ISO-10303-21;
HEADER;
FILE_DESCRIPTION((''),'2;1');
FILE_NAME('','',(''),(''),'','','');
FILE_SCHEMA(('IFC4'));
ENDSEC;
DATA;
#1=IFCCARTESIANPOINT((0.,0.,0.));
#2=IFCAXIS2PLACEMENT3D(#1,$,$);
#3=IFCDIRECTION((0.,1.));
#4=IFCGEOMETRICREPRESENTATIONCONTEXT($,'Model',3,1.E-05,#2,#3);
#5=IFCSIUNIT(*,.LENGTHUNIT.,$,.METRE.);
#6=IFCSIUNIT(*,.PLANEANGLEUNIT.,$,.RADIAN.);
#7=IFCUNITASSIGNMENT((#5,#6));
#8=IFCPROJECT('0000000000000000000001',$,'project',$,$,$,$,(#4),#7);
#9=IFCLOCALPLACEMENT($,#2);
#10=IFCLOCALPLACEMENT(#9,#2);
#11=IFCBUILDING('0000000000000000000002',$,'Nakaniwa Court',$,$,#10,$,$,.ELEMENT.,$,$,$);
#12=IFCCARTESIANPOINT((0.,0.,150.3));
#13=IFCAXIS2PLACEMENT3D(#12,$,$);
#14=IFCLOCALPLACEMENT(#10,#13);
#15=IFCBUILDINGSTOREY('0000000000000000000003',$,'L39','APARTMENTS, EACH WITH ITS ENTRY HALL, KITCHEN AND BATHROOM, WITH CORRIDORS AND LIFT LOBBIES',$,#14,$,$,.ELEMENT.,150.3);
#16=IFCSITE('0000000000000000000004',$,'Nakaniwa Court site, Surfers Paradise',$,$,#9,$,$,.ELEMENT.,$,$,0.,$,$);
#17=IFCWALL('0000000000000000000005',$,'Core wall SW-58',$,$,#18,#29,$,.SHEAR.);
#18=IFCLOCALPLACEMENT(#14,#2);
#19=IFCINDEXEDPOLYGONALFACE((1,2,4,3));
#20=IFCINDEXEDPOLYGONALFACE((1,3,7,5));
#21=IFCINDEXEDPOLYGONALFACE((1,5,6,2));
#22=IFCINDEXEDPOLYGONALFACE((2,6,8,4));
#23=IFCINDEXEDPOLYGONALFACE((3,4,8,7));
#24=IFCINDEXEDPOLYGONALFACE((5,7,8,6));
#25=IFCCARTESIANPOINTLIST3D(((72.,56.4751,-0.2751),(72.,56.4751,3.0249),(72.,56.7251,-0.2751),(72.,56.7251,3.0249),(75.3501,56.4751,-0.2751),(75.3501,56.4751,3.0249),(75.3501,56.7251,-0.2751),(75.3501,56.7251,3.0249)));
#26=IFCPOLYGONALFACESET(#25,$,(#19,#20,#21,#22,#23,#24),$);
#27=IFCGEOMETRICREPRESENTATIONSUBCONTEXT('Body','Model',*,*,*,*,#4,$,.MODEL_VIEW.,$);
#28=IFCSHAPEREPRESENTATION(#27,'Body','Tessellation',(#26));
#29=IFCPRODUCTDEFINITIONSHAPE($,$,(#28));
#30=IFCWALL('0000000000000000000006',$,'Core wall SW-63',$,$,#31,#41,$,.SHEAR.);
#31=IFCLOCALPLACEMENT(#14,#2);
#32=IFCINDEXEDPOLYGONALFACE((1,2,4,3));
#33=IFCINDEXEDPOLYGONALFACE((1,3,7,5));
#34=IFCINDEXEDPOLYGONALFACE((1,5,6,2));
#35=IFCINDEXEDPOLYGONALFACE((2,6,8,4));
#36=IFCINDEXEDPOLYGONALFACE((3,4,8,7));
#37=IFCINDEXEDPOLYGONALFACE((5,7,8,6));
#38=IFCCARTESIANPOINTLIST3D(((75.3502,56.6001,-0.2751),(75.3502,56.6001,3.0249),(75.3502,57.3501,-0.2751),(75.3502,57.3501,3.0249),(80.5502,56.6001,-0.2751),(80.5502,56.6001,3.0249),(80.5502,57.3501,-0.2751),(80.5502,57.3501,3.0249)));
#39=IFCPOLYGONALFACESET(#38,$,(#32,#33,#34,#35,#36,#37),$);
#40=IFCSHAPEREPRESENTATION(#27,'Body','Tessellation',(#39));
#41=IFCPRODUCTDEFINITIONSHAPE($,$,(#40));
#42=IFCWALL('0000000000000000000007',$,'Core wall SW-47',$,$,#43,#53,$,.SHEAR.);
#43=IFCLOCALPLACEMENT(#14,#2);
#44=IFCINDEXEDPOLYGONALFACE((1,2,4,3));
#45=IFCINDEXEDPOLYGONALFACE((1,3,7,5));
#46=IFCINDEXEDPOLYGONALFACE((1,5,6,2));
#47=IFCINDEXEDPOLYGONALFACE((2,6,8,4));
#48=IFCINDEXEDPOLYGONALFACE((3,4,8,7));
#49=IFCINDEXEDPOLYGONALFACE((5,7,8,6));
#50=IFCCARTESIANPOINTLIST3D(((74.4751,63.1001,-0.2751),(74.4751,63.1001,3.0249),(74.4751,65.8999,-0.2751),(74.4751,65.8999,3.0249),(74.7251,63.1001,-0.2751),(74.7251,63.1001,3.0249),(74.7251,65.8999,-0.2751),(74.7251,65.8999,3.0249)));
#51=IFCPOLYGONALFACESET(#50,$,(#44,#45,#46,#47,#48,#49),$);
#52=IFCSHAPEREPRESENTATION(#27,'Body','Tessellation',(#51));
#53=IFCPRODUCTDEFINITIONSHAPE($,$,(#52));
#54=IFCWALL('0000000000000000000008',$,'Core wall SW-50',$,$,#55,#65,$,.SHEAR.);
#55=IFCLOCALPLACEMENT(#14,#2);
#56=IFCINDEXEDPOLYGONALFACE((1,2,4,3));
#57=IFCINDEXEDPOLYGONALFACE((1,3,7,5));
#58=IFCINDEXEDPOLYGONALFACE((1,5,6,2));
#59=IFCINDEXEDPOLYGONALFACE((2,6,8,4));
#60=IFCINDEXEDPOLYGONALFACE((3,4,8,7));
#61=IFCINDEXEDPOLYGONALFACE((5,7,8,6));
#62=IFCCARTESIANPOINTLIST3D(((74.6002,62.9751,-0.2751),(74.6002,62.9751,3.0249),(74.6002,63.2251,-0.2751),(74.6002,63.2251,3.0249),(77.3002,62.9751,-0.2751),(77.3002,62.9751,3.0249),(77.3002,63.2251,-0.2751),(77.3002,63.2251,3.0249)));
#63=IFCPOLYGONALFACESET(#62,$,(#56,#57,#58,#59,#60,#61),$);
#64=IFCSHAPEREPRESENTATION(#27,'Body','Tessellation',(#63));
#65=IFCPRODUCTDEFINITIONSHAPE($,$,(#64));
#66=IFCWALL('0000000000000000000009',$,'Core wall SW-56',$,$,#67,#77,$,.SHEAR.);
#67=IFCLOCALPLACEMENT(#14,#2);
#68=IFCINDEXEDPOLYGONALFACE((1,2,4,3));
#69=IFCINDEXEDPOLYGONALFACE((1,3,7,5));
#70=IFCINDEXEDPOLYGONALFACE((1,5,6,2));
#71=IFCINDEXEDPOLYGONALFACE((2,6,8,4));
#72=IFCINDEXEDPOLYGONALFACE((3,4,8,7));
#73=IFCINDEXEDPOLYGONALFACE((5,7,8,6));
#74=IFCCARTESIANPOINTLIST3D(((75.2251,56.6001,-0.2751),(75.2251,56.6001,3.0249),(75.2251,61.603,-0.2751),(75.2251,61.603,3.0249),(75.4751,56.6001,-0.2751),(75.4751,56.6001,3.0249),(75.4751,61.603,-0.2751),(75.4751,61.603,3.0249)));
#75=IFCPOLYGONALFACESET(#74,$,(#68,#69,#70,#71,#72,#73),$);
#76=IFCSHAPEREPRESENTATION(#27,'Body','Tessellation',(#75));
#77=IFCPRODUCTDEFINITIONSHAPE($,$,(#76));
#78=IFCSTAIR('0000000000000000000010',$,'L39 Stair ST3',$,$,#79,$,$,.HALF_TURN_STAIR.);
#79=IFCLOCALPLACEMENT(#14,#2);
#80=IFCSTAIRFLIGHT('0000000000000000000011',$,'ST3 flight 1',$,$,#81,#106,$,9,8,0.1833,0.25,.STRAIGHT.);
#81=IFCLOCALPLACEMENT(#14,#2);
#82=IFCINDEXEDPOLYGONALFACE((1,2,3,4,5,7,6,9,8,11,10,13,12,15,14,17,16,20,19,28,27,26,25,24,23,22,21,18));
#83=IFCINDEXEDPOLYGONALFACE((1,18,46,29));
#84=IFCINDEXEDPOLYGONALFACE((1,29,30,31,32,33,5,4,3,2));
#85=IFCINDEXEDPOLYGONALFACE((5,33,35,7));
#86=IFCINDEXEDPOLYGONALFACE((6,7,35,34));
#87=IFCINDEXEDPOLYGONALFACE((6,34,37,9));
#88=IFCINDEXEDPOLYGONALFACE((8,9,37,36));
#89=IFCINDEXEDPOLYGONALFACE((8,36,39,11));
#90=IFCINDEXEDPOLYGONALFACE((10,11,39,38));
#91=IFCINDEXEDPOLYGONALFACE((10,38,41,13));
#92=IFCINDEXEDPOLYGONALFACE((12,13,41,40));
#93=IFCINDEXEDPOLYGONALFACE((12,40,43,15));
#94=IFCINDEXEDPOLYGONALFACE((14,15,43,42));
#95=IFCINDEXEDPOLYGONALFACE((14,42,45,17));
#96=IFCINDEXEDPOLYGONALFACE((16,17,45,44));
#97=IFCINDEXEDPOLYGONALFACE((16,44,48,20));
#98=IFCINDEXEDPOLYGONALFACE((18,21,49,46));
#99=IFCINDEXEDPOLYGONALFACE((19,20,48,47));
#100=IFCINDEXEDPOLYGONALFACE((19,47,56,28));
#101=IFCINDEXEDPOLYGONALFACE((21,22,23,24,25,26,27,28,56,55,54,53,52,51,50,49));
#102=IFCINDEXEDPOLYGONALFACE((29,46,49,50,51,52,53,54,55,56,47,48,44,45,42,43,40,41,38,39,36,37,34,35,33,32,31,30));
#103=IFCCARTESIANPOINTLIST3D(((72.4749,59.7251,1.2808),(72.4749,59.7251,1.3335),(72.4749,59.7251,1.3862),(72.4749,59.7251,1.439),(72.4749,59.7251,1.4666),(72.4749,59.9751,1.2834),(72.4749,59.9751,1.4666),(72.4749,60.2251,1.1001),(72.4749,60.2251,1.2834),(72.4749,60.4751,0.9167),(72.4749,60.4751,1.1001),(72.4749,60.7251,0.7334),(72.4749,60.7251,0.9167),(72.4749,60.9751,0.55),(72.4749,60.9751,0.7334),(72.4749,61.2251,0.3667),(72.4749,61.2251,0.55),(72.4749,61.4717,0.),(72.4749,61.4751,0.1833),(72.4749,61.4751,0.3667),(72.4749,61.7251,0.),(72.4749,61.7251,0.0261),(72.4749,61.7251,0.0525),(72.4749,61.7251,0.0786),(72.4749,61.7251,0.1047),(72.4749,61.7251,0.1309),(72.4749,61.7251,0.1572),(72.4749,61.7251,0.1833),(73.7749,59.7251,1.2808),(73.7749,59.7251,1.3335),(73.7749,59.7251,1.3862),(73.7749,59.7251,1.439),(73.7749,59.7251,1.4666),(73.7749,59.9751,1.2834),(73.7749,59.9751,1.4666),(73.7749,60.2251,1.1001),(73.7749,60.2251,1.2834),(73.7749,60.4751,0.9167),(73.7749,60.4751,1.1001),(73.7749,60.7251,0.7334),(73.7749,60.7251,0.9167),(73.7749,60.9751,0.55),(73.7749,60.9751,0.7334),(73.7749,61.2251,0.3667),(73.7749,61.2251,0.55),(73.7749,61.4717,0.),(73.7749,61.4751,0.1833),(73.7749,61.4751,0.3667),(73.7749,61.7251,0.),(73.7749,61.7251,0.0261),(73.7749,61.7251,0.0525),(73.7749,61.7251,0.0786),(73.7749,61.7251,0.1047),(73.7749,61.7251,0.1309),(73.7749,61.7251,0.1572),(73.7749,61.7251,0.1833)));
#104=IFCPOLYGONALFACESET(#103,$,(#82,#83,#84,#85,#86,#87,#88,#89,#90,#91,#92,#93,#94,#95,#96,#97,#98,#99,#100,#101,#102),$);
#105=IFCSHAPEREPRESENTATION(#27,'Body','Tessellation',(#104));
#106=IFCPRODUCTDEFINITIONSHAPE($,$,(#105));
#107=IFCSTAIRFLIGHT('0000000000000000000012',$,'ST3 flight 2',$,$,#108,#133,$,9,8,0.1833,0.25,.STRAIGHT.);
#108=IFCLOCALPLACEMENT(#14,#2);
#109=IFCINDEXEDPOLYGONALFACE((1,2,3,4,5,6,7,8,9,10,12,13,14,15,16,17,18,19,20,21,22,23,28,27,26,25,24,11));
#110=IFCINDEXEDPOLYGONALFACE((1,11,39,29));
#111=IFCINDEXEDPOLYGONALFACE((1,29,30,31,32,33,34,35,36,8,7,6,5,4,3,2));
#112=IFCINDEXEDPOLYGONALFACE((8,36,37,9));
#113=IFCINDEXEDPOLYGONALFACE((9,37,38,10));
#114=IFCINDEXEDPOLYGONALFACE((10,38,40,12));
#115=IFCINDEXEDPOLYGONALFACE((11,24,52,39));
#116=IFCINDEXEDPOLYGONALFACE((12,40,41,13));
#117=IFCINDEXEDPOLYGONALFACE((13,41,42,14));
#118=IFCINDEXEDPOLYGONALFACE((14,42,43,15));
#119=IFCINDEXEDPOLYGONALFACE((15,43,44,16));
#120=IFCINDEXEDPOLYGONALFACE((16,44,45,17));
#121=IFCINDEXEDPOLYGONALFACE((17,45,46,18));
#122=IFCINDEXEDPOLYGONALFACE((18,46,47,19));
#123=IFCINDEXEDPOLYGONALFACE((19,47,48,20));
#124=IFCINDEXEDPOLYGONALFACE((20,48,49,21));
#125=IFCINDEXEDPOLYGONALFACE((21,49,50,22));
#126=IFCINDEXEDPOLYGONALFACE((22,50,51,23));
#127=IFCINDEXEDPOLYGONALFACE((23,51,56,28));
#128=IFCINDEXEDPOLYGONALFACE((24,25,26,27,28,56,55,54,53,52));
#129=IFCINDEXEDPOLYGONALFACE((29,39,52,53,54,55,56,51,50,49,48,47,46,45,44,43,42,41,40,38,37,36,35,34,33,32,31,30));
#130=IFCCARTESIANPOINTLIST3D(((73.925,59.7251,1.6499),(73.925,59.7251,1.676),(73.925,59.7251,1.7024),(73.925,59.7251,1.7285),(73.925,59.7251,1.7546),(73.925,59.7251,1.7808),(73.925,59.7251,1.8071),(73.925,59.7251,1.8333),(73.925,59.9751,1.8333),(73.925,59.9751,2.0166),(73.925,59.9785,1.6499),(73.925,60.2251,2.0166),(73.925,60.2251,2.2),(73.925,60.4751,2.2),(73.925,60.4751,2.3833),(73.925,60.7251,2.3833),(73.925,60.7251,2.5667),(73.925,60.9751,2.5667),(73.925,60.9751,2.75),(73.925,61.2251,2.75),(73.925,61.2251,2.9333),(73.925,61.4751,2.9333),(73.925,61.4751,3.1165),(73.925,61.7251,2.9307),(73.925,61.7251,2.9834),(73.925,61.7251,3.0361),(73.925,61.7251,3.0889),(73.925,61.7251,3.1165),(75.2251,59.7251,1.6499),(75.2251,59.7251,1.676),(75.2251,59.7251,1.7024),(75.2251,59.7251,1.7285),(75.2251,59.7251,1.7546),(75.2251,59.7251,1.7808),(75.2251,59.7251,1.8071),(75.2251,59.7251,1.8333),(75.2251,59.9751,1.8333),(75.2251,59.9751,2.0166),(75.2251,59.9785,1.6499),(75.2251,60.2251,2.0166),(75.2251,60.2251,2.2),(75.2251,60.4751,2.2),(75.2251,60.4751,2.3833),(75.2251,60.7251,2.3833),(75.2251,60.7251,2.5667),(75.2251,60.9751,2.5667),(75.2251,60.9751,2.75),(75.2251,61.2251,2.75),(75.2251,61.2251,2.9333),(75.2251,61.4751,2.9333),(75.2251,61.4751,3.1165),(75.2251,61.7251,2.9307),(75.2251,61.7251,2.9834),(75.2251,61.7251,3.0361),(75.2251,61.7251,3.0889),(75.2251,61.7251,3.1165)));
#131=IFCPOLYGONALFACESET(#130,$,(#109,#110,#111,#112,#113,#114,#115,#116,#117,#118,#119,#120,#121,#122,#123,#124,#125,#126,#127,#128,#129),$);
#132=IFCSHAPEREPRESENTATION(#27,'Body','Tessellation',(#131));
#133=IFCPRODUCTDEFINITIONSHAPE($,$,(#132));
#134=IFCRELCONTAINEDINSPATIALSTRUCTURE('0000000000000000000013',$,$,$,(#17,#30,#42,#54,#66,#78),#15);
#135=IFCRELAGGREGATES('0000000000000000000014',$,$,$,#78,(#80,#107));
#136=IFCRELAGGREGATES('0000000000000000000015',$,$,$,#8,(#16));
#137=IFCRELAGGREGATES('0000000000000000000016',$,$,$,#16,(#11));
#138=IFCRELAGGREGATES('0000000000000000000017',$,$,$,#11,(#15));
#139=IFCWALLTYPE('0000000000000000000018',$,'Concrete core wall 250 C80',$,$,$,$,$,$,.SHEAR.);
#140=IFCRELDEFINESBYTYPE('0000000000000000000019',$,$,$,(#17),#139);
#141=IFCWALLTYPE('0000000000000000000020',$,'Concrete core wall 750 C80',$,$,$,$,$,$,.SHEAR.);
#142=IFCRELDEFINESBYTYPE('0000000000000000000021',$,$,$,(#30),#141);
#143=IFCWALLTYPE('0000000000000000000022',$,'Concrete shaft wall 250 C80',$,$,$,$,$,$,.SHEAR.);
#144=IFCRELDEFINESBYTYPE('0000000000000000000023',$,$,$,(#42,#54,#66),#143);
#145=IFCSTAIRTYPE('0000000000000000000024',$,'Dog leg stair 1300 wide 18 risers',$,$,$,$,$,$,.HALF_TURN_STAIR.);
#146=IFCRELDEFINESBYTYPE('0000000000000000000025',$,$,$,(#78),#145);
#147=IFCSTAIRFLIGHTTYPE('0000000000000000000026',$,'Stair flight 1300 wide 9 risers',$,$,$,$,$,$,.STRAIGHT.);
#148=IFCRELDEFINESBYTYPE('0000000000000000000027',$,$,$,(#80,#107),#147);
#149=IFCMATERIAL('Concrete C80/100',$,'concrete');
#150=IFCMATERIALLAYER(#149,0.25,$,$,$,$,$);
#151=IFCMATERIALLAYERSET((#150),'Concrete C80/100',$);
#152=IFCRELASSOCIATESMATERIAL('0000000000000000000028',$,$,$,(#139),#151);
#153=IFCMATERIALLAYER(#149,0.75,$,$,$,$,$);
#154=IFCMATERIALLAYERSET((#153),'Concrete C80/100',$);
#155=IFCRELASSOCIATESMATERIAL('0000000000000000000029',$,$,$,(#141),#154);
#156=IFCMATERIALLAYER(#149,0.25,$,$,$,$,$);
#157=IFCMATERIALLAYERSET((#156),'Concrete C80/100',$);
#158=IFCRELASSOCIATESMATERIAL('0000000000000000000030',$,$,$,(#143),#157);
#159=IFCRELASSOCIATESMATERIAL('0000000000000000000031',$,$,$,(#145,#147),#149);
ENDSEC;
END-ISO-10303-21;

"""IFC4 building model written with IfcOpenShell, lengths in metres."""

from ifc_helpers import new_model, si_unit, direction, frame, frame_2d, origin, place, context, subcontext, project, spatial, polyline, rectangle, outline, extrude, material, layer, layer_set, type_object, element, aggregate, save


model = new_model("IFC4")

# Units and contexts
model_context = context("Model", 3, precision=1e-05, world=origin(), true_north=direction((0.0, 1.0)))
body_context = subcontext(model_context, "Body", "Model", "MODEL_VIEW")
ifc_project = project(units=[si_unit("LENGTHUNIT", "METRE"), si_unit("PLANEANGLEUNIT", "RADIAN")], contexts=[model_context])

# Site, building, storey
site_placement = place(None, origin())
site = spatial("IfcSite", under=ifc_project, at=site_placement, Name="Nakaniwa Court site, Surfers Paradise", CompositionType="ELEMENT", RefElevation=0.0)
building_placement = place(site_placement, origin())
building = spatial("IfcBuilding", under=site, at=building_placement, Name="Nakaniwa Court", CompositionType="ELEMENT")
storey_placement = place(building_placement, frame((0.0, 0.0, 150.3)))
storey = spatial("IfcBuildingStorey", under=building, at=storey_placement, Name="L39", Description="APARTMENTS, EACH WITH ITS ENTRY HALL, KITCHEN AND BATHROOM, WITH CORRIDORS AND LIFT LOBBIES", CompositionType="ELEMENT", Elevation=150.3)

# Shared definitions
ifc_material_1 = material(Name="Concrete C80/100", Category="concrete")

# Walls
ifc_layer_1 = layer(ifc_material_1, 0.25)
ifc_layer_set_1 = layer_set([ifc_layer_1], Name="Concrete C80/100")
wall_type_1 = type_object("IfcWallType", Name="Concrete core wall 250 C80", PredefinedType="SHEAR", material=ifc_layer_set_1)
wall_1_placement = place(storey_placement, frame((72.0, 56.6001, -0.2751), z_axis=(0.0, 0.0, 1.0), x_axis=(1.0, 0.0, 0.0)))
element("IfcWall", 1, at=wall_1_placement, inside=storey, type_object=wall_type_1, Name="Core wall SW-58", PredefinedType="SHEAR", context=body_context, shape_type="SweptSolid", body=[
    extrude(rectangle(XDim=3.3501, YDim=0.25, at=frame_2d((1.675, 0.0))), origin(), (0.0, 0.0, 1.0), 3.3),
])
ifc_layer_2 = layer(ifc_material_1, 0.75)
ifc_layer_set_2 = layer_set([ifc_layer_2], Name="Concrete C80/100")
wall_type_2 = type_object("IfcWallType", Name="Concrete core wall 750 C80", PredefinedType="SHEAR", material=ifc_layer_set_2)
wall_2_placement = place(storey_placement, frame((75.3501, 56.9751, -0.2751), z_axis=(0.0, 0.0, 1.0), x_axis=(1.0, 0.0, 0.0)))
element("IfcWall", 2, at=wall_2_placement, inside=storey, type_object=wall_type_2, Name="Core wall SW-63", PredefinedType="SHEAR", context=body_context, shape_type="SweptSolid", body=[
    extrude(rectangle(XDim=5.2, YDim=0.75, at=frame_2d((2.6001, 0.0))), origin(), (0.0, 0.0, 1.0), 3.3),
])
ifc_layer_3 = layer(ifc_material_1, 0.25)
ifc_layer_set_3 = layer_set([ifc_layer_3], Name="Concrete C80/100")
wall_type_3 = type_object("IfcWallType", Name="Concrete shaft wall 250 C80", PredefinedType="SHEAR", material=ifc_layer_set_3)
wall_3_placement = place(storey_placement, frame((74.6001, 63.1001, -0.2751), z_axis=(0.0, 0.0, 1.0), x_axis=(0.0, 1.0, 0.0)))
element("IfcWall", 3, at=wall_3_placement, inside=storey, type_object=wall_type_3, Name="Core wall SW-47", PredefinedType="SHEAR", context=body_context, shape_type="SweptSolid", body=[
    extrude(rectangle(XDim=2.7998, YDim=0.25, at=frame_2d((1.3999, 0.0))), origin(), (0.0, 0.0, 1.0), 3.3),
])
wall_4_placement = place(storey_placement, frame((74.6001, 63.1001, -0.2751), z_axis=(0.0, 0.0, 1.0), x_axis=(1.0, 0.0, 0.0)))
element("IfcWall", 4, at=wall_4_placement, inside=storey, type_object=wall_type_3, Name="Core wall SW-50", PredefinedType="SHEAR", context=body_context, shape_type="SweptSolid", body=[
    extrude(rectangle(XDim=2.7, YDim=0.25, at=frame_2d((1.3501, 0.0))), origin(), (0.0, 0.0, 1.0), 3.3),
])
wall_5_placement = place(storey_placement, frame((75.3501, 56.6001, -0.2751), z_axis=(0.0, 0.0, 1.0), x_axis=(0.0, 1.0, 0.0)))
element("IfcWall", 5, at=wall_5_placement, inside=storey, type_object=wall_type_3, Name="Core wall SW-56", PredefinedType="SHEAR", context=body_context, shape_type="SweptSolid", body=[
    extrude(rectangle(XDim=5.0029, YDim=0.25, at=frame_2d((2.5015, 0.0))), origin(), (0.0, 0.0, 1.0), 3.3),
])

# Stair, stair flights
stair_type = type_object("IfcStairType", Name="Dog leg stair 1300 wide 18 risers", PredefinedType="HALF_TURN_STAIR", material=ifc_material_1)
stair_placement = place(storey_placement, origin())
stair = element("IfcStair", 6, at=stair_placement, inside=storey, type_object=stair_type, Name="L39 Stair ST3", PredefinedType="HALF_TURN_STAIR")
stair_flight_type = type_object("IfcStairFlightType", Name="Stair flight 1300 wide 9 risers", PredefinedType="STRAIGHT", material=ifc_material_1)
stair_flight_1_placement = place(storey_placement, frame((73.125, 61.7251, 0.0), z_axis=(0.0, 0.0, 1.0), x_axis=(0.0, -1.0, 0.0)))
stair_flight_1 = element("IfcStairFlight", 7, at=stair_flight_1_placement, type_object=stair_flight_type, Name="ST3 flight 1", NumberOfRisers=9, NumberOfTreads=8, PredefinedType="STRAIGHT", RiserHeight=0.1833, TreadLength=0.25, context=body_context, shape_type="SweptSolid", body=[
    extrude(outline(polyline([(0.0, 0.0), (0.0, 0.0261), (0.0, 0.0525), (0.0, 0.0786), (0.0, 0.1047), (0.0, 0.1309), (0.0, 0.1572), (0.0, 0.1833), (0.25, 0.1833), (0.25, 0.3667), (0.5, 0.3667), (0.5, 0.55), (0.75, 0.55), (0.75, 0.7334), (1.0, 0.7334), (1.0, 0.9167), (1.25, 0.9167), (1.25, 1.1001), (1.5, 1.1001), (1.5, 1.2834), (1.75, 1.2834), (1.75, 1.4666), (2.0, 1.4666), (2.0, 1.6499), (2.0, 1.5972), (2.0, 1.5444), (2.0, 1.4917), (2.0, 1.439), (2.0, 1.3862), (2.0, 1.3335), (2.0, 1.2808), (0.2534, 0.0), (0.0, 0.0)])), frame((0.0, 0.6499, 0.0), z_axis=(0.0, -1.0, 0.0), x_axis=(1.0, 0.0, 0.0)), (0.0, 0.0, 1.0), 1.3),
])
stair_flight_2_placement = place(storey_placement, frame((74.575, 59.7251, 1.6499), z_axis=(0.0, 0.0, 1.0), x_axis=(0.0, 1.0, 0.0)))
stair_flight_2 = element("IfcStairFlight", 8, at=stair_flight_2_placement, type_object=stair_flight_type, Name="ST3 flight 2", NumberOfRisers=9, NumberOfTreads=8, PredefinedType="STRAIGHT", RiserHeight=0.1833, TreadLength=0.25, context=body_context, shape_type="SweptSolid", body=[
    extrude(outline(polyline([(0.0, 0.0), (0.0, 0.0261), (0.0, 0.0525), (0.0, 0.0786), (0.0, 0.1047), (0.0, 0.1309), (0.0, 0.1572), (0.0, 0.1833), (0.25, 0.1833), (0.25, 0.3667), (0.5, 0.3667), (0.5, 0.55), (0.75, 0.55), (0.75, 0.7334), (1.0, 0.7334), (1.0, 0.9167), (1.25, 0.9167), (1.25, 1.1001), (1.5, 1.1001), (1.5, 1.2834), (1.75, 1.2834), (1.75, 1.4666), (2.0, 1.4666), (2.0, 1.6499), (2.0, 1.5972), (2.0, 1.5444), (2.0, 1.4917), (2.0, 1.439), (2.0, 1.3862), (2.0, 1.3335), (2.0, 1.2808), (0.2534, 0.0), (0.0, 0.0)])), frame((0.0, 0.6499, 0.0), z_axis=(0.0, -1.0, 0.0), x_axis=(1.0, 0.0, 0.0)), (0.0, 0.0, 1.0), 1.3),
])
aggregate(stair, [stair_flight_1, stair_flight_2])

save(model, "model.ifc")
